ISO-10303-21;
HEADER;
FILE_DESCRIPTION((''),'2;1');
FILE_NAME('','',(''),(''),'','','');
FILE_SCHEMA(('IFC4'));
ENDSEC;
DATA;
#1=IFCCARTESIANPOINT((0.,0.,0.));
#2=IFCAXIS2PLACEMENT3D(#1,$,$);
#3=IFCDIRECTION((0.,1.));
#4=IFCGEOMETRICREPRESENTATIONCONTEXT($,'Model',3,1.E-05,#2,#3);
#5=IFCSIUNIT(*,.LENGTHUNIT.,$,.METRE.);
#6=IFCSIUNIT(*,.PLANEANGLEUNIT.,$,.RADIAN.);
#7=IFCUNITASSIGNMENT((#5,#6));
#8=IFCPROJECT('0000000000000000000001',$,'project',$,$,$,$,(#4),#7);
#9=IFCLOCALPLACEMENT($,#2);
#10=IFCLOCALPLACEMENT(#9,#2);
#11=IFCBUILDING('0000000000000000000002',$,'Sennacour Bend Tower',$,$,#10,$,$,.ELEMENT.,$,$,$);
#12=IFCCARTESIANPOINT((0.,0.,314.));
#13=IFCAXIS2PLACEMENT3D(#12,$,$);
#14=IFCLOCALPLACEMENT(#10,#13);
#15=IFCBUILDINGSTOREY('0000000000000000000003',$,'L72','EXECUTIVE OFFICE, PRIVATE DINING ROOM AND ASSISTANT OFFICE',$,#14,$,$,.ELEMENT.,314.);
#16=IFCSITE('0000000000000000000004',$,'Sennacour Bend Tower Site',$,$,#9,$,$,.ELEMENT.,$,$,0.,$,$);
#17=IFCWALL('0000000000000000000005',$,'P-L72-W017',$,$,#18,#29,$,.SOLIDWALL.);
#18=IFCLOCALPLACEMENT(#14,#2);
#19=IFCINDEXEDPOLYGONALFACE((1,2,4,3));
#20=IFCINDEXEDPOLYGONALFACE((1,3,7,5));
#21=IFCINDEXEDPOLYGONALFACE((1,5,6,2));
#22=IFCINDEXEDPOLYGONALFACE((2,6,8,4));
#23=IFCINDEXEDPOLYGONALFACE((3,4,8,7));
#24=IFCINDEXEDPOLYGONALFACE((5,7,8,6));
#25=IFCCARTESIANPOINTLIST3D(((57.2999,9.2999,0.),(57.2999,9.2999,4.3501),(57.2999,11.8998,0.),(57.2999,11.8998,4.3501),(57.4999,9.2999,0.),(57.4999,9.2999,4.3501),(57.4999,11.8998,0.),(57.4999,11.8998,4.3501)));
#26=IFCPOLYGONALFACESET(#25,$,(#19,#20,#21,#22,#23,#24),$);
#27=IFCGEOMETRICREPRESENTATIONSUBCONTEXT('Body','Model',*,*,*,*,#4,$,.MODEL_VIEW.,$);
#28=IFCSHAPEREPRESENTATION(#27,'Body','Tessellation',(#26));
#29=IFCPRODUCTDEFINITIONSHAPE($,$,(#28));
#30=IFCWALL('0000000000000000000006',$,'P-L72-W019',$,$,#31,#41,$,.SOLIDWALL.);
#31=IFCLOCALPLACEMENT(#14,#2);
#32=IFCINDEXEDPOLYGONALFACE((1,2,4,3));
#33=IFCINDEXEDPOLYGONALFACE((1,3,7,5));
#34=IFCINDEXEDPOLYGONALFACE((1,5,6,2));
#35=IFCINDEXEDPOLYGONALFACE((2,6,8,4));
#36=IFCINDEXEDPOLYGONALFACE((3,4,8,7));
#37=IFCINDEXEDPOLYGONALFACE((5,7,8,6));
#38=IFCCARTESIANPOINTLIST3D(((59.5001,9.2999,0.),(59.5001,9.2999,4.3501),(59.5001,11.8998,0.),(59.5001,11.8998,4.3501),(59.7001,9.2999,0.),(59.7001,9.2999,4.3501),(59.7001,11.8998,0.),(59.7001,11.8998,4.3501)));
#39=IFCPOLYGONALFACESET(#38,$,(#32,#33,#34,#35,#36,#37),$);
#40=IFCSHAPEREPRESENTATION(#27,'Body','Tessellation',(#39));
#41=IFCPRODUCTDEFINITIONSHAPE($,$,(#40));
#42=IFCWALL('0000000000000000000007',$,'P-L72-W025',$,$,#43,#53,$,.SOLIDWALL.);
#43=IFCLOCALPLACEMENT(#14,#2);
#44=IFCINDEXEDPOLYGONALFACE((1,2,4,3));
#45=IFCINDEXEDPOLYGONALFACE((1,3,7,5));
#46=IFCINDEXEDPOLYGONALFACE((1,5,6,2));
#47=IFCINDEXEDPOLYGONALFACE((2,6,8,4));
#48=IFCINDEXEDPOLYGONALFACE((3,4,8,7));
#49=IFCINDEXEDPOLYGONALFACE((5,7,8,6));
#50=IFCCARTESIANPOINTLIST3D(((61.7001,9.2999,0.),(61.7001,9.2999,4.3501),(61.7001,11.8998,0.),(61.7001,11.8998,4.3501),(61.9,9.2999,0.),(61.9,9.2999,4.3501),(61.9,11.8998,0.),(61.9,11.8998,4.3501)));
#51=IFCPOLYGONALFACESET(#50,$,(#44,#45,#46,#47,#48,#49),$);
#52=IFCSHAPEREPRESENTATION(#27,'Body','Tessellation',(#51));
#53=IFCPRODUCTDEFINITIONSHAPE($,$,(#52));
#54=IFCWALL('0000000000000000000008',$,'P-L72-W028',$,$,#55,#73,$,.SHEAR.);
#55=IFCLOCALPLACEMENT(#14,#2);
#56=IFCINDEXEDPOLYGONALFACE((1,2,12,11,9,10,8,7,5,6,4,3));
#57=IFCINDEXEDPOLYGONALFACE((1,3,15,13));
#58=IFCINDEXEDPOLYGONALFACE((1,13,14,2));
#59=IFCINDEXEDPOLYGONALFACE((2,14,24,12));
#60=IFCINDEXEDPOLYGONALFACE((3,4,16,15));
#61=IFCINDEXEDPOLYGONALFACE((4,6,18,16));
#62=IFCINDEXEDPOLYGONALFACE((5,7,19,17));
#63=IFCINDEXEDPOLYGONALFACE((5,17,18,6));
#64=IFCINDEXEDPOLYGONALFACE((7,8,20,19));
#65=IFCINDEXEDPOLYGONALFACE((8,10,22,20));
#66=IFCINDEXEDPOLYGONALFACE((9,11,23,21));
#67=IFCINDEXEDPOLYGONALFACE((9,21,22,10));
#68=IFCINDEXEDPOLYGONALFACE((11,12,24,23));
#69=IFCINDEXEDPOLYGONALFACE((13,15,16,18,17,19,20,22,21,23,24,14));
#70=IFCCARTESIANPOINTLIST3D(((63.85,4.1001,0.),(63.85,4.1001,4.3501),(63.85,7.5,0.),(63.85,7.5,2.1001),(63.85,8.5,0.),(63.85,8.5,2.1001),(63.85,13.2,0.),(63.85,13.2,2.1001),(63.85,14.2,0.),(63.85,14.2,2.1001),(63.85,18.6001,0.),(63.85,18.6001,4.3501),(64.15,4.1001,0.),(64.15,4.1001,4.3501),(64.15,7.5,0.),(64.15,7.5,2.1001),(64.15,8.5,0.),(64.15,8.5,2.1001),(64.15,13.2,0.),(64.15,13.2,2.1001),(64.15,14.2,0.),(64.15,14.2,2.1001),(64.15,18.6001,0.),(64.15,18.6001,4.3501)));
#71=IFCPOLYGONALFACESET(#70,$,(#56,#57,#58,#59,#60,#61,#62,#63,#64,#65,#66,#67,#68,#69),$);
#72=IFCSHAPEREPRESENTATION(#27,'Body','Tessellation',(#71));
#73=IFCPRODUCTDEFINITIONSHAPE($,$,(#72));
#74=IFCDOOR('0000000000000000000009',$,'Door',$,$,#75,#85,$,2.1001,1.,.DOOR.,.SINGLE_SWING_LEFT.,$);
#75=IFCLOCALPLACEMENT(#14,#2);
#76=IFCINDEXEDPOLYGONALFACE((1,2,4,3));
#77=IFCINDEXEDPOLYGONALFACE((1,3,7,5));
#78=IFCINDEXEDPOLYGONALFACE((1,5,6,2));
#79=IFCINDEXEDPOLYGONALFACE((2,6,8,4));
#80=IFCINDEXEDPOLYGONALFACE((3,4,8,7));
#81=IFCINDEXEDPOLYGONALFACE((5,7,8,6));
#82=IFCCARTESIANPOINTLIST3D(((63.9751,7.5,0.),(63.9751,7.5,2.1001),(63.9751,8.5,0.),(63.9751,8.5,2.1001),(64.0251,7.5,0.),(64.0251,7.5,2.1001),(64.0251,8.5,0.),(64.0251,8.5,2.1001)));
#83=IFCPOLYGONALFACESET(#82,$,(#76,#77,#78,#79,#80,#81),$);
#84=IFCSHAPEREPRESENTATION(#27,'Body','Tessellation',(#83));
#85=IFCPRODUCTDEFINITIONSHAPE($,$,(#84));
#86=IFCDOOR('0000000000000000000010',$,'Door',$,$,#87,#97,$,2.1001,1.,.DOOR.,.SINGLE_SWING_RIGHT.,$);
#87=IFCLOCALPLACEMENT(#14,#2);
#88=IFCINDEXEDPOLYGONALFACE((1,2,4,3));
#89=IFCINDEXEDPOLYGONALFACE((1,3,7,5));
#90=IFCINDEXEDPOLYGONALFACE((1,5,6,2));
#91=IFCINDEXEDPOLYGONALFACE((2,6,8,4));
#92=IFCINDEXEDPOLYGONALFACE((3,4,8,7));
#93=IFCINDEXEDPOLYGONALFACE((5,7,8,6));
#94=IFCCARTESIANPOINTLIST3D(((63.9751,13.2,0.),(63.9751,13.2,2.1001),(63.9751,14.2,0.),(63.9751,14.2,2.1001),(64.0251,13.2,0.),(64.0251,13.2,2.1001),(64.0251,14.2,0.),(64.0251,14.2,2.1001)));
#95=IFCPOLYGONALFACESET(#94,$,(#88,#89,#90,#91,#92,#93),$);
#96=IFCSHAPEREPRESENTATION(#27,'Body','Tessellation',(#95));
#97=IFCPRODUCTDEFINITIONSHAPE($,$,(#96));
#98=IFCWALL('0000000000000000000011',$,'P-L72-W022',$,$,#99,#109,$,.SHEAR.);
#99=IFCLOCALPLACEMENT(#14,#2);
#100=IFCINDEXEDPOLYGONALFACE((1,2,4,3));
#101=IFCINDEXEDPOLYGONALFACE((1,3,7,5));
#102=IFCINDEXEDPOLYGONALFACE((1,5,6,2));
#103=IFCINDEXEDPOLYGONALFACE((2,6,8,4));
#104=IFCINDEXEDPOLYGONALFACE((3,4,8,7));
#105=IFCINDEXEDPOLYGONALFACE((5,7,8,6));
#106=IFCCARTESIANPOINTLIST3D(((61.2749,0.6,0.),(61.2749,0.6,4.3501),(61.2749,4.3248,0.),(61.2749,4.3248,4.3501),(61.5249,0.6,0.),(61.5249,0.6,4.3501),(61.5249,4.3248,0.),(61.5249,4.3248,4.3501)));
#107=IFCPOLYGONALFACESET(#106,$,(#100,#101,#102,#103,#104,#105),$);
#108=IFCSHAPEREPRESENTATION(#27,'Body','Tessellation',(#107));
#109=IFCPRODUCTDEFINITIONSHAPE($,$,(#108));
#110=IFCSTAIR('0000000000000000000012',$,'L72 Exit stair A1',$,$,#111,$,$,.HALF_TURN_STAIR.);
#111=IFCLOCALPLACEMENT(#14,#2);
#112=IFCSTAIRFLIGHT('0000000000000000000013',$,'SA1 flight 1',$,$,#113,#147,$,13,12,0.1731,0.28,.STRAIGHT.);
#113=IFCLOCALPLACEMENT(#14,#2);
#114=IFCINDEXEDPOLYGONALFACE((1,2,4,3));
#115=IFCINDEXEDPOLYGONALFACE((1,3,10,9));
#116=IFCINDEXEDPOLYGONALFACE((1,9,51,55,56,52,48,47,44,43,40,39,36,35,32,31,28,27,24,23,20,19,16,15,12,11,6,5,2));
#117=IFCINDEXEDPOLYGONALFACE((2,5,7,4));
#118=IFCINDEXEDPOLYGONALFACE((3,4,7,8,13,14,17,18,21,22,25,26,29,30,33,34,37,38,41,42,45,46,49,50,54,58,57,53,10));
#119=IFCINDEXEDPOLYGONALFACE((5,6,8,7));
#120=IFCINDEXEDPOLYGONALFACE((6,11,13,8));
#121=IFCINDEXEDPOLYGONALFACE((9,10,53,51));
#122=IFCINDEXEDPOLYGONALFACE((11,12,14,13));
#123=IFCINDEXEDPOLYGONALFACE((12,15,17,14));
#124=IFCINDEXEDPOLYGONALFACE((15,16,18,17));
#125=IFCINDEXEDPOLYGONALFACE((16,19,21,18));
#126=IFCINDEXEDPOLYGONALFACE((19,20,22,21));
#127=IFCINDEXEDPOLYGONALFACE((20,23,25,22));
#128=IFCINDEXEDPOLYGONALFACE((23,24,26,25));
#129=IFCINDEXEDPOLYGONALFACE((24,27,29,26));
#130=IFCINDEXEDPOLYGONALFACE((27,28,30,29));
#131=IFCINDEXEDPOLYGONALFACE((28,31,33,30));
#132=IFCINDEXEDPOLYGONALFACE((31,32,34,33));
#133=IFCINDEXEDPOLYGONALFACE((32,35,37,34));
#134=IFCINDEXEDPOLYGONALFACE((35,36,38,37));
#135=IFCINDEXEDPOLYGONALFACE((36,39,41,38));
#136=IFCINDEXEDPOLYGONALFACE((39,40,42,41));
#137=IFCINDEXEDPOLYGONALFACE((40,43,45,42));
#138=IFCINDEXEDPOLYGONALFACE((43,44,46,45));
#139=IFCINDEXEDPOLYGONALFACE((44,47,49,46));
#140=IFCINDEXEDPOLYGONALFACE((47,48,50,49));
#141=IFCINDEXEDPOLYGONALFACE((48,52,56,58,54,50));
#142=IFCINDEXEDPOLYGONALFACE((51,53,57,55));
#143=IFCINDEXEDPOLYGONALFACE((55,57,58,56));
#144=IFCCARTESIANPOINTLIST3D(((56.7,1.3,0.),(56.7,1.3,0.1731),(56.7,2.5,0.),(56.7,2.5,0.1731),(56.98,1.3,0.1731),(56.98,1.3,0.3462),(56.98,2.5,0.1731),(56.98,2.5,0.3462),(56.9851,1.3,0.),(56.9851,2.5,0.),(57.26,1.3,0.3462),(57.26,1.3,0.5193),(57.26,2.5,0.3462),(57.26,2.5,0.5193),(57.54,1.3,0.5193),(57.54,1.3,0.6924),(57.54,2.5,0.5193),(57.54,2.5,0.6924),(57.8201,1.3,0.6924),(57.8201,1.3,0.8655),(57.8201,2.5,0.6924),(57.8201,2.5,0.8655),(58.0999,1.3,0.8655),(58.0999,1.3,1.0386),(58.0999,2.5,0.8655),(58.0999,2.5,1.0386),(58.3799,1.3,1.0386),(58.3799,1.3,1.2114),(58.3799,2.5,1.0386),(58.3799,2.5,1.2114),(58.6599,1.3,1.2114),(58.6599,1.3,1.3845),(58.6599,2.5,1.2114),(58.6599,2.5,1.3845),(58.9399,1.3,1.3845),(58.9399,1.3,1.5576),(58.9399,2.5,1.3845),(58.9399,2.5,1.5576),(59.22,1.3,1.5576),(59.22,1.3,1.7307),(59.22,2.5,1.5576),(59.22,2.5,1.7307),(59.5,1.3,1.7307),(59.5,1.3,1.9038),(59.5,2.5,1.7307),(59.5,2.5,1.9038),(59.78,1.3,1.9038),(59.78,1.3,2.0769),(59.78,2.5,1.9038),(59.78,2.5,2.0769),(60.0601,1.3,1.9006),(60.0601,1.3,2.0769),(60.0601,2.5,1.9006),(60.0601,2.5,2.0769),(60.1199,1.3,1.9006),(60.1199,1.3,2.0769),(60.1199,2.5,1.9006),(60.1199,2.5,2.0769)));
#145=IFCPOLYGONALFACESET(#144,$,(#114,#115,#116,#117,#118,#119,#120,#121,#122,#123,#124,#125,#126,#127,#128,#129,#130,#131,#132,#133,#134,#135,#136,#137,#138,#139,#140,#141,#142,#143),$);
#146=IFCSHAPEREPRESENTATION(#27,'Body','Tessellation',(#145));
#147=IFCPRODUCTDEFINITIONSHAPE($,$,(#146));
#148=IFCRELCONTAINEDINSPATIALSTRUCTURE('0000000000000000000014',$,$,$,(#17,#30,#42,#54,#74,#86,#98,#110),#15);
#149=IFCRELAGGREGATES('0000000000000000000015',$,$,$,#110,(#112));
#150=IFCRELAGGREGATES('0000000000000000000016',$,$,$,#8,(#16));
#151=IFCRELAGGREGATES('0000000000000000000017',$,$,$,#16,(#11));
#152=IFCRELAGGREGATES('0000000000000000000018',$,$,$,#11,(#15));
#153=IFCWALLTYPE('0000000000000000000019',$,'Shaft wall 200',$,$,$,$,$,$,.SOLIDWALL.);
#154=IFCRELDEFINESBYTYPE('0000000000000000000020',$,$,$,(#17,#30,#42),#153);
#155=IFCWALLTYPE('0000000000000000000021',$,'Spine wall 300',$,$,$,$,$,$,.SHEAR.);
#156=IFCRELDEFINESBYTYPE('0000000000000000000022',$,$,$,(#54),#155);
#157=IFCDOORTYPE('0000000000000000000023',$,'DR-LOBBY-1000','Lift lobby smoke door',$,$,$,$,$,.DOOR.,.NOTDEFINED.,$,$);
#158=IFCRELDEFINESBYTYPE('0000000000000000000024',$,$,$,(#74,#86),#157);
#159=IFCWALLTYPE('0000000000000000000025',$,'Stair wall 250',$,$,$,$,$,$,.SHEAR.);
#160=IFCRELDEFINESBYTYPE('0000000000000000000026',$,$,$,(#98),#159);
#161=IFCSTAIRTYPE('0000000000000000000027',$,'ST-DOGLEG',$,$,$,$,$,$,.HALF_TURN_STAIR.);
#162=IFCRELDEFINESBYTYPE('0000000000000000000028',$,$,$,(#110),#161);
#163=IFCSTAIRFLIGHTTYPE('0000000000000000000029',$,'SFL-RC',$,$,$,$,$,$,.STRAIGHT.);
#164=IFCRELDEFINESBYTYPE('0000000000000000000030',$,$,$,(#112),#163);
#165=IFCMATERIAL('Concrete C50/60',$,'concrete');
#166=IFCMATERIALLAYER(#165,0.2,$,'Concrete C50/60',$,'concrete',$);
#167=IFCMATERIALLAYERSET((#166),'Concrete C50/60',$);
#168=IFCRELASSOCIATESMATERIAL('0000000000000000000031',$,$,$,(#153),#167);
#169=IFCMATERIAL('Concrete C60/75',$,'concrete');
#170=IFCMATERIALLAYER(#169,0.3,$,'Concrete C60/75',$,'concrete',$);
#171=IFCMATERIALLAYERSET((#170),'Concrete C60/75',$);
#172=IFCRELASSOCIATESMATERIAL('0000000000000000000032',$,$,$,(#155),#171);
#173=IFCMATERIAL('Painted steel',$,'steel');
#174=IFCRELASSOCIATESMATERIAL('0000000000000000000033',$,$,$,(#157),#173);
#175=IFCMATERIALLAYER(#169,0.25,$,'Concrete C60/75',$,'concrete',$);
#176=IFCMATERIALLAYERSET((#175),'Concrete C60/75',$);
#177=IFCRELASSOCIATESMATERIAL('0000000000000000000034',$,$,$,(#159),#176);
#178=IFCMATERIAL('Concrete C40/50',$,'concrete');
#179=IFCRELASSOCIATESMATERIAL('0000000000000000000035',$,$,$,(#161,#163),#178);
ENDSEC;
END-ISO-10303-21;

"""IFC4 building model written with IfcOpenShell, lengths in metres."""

from ifc_helpers import new_model, si_unit, direction, frame, frame_2d, origin, place, context, subcontext, project, spatial, polyline, rectangle, outline, extrude, material, layer, layer_set, type_object, element, fill, aggregate, save


model = new_model("IFC4")

# Units and contexts
model_context = context("Model", 3, precision=1e-05, world=origin(), true_north=direction((0.0, 1.0)))
body_context = subcontext(model_context, "Body", "Model", "MODEL_VIEW")
ifc_project = project(units=[si_unit("LENGTHUNIT", "METRE"), si_unit("PLANEANGLEUNIT", "RADIAN")], contexts=[model_context])

# Site, building, storey
site_placement = place(None, origin())
site = spatial("IfcSite", under=ifc_project, at=site_placement, Name="Sennacour Bend Tower Site", CompositionType="ELEMENT", RefElevation=0.0)
building_placement = place(site_placement, origin())
building = spatial("IfcBuilding", under=site, at=building_placement, Name="Sennacour Bend Tower", CompositionType="ELEMENT")
storey_placement = place(building_placement, frame((0.0, 0.0, 314.0)))
storey = spatial("IfcBuildingStorey", under=building, at=storey_placement, Name="L72", Description="EXECUTIVE OFFICE, PRIVATE DINING ROOM AND ASSISTANT OFFICE", CompositionType="ELEMENT", Elevation=314.0)

# Shared definitions
ifc_material_1 = material(Name="Concrete C50/60", Category="concrete")

# Shared definitions
ifc_material_2 = material(Name="Painted steel", Category="steel")

# Walls
ifc_layer_1 = layer(ifc_material_1, 0.2, Name="Concrete C50/60", Category="concrete")
ifc_layer_set_1 = layer_set([ifc_layer_1], Name="Concrete C50/60")
wall_type_1 = type_object("IfcWallType", Name="Shaft wall 200", PredefinedType="SOLIDWALL", material=ifc_layer_set_1)
for number, where, z_axis, x_axis, name in (
    (1, (57.3999, 9.3, 0.0), (0.0, 0.0, 1.0), (0.0, 1.0, 0.0), "P-L72-W017"),
    (2, (59.6001, 9.3, 0.0), (0.0, 0.0, 1.0), (0.0, 1.0, 0.0), "P-L72-W019"),
    (3, (61.8, 9.3, 0.0), (0.0, 0.0, 1.0), (0.0, 1.0, 0.0), "P-L72-W025"),
):
    element("IfcWall", number, at=place(storey_placement, frame(where, z_axis=z_axis, x_axis=x_axis)), inside=storey, type_object=wall_type_1, Name=name, PredefinedType="SOLIDWALL", context=body_context, shape_type="SweptSolid", body=[
        extrude(rectangle(XDim=2.5999, YDim=0.2, at=frame_2d((1.2998, 0.0))), origin(), (0.0, 0.0, 1.0), 4.3501),
    ])

# Wall, openings, doors
ifc_material_3 = material(Name="Concrete C60/75", Category="concrete")
ifc_layer_2 = layer(ifc_material_3, 0.3, Name="Concrete C60/75", Category="concrete")
ifc_layer_set_2 = layer_set([ifc_layer_2], Name="Concrete C60/75")
wall_type_2 = type_object("IfcWallType", Name="Spine wall 300", PredefinedType="SHEAR", material=ifc_layer_set_2)
wall_1_placement = place(storey_placement, frame((64.0, 4.1001, 0.0), z_axis=(0.0, 0.0, 1.0), x_axis=(0.0, 1.0, 0.0)))
wall_1 = element("IfcWall", 4, at=wall_1_placement, inside=storey, type_object=wall_type_2, Name="P-L72-W028", PredefinedType="SHEAR", context=body_context, shape_type="SweptSolid", body=[
    extrude(rectangle(XDim=14.5, YDim=0.3, at=frame_2d((7.25, 0.0))), origin(), (0.0, 0.0, 1.0), 4.3501),
])
opening_1_placement = place(wall_1_placement, frame((3.3999, 0.0, 0.0)))
opening_1 = element("IfcOpeningElement", 5, at=opening_1_placement, cuts=wall_1, PredefinedType="OPENING", context=body_context, shape_type="SweptSolid", body=[
    extrude(rectangle(XDim=1.0, YDim=2.1001, at=frame_2d((0.5, 1.05))), frame((0.0, 0.1602, 0.0), z_axis=(0.0, -1.0, 0.0), x_axis=(1.0, 0.0, 0.0)), (0.0, 0.0, 1.0), 0.3201),
])
opening_2_placement = place(wall_1_placement, frame((9.0999, 0.0, 0.0)))
opening_2 = element("IfcOpeningElement", 6, at=opening_2_placement, cuts=wall_1, PredefinedType="OPENING", context=body_context, shape_type="SweptSolid", body=[
    extrude(rectangle(XDim=1.0, YDim=2.1001, at=frame_2d((0.5, 1.05))), frame((0.0, 0.1602, 0.0), z_axis=(0.0, -1.0, 0.0), x_axis=(1.0, 0.0, 0.0)), (0.0, 0.0, 1.0), 0.3201),
])
door_type_1 = type_object("IfcDoorType", Name="DR-LOBBY-1000", Description="Lift lobby smoke door", OperationType="NOTDEFINED", PredefinedType="DOOR", material=ifc_material_2)
door_1_placement = place(opening_1_placement, origin())
door_1 = element("IfcDoor", 7, at=door_1_placement, inside=storey, type_object=door_type_1, Name="Door", OperationType="SINGLE_SWING_LEFT", OverallHeight=2.1001, OverallWidth=1.0, PredefinedType="DOOR", context=body_context, shape_type="SweptSolid", body=[
    extrude(rectangle(XDim=1.0, YDim=2.1001, at=frame_2d((0.5, 1.05))), frame((0.0, 0.0249, 0.0), z_axis=(0.0, -1.0, 0.0), x_axis=(1.0, 0.0, 0.0)), (0.0, 0.0, 1.0), 0.05),
])
fill(opening_1, door_1)
door_2_placement = place(opening_2_placement, origin())
door_2 = element("IfcDoor", 8, at=door_2_placement, inside=storey, type_object=door_type_1, Name="Door", OperationType="SINGLE_SWING_RIGHT", OverallHeight=2.1001, OverallWidth=1.0, PredefinedType="DOOR", context=body_context, shape_type="SweptSolid", body=[
    extrude(rectangle(XDim=1.0, YDim=2.1001, at=frame_2d((0.5, 1.05))), frame((0.0, 0.0249, 0.0), z_axis=(0.0, -1.0, 0.0), x_axis=(1.0, 0.0, 0.0)), (0.0, 0.0, 1.0), 0.05),
])
fill(opening_2, door_2)

# Wall
ifc_layer_3 = layer(ifc_material_3, 0.25, Name="Concrete C60/75", Category="concrete")
ifc_layer_set_3 = layer_set([ifc_layer_3], Name="Concrete C60/75")
wall_type_3 = type_object("IfcWallType", Name="Stair wall 250", PredefinedType="SHEAR", material=ifc_layer_set_3)
wall_2_placement = place(storey_placement, frame((61.3999, 0.6001, 0.0), z_axis=(0.0, 0.0, 1.0), x_axis=(0.0, 1.0, 0.0)))
element("IfcWall", 9, at=wall_2_placement, inside=storey, type_object=wall_type_3, Name="P-L72-W022", PredefinedType="SHEAR", context=body_context, shape_type="SweptSolid", body=[
    extrude(rectangle(XDim=3.7249, YDim=0.25, at=frame_2d((1.8623, 0.0))), origin(), (0.0, 0.0, 1.0), 4.3501),
])

# Stair, stair flight
ifc_material_4 = material(Name="Concrete C40/50", Category="concrete")
stair_type = type_object("IfcStairType", Name="ST-DOGLEG", PredefinedType="HALF_TURN_STAIR", material=ifc_material_4)
stair_placement = place(storey_placement, origin())
stair = element("IfcStair", 10, at=stair_placement, inside=storey, type_object=stair_type, Name="L72 Exit stair A1", PredefinedType="HALF_TURN_STAIR")
stair_flight_type = type_object("IfcStairFlightType", Name="SFL-RC", PredefinedType="STRAIGHT", material=ifc_material_4)
stair_flight_1_placement = place(storey_placement, frame((56.7, 1.8999, 0.0), z_axis=(0.0, 0.0, 1.0), x_axis=(1.0, 0.0, 0.0)))
stair_flight_1 = element("IfcStairFlight", 11, at=stair_flight_1_placement, type_object=stair_flight_type, Name="SA1 flight 1", NumberOfRisers=13, NumberOfTreads=12, PredefinedType="STRAIGHT", RiserHeight=0.1731, TreadLength=0.28, context=body_context, shape_type="SweptSolid", body=[
    extrude(outline(polyline([(0.0, 0.0), (0.0, 0.1731), (0.28, 0.1731), (0.28, 0.3462), (0.5601, 0.3462), (0.5601, 0.5193), (0.8401, 0.5193), (0.8401, 0.6924), (1.1201, 0.6924), (1.1201, 0.8655), (1.3999, 0.8655), (1.3999, 1.0386), (1.6799, 1.0386), (1.6799, 1.2114), (1.96, 1.2114), (1.96, 1.3845), (2.24, 1.3845), (2.24, 1.5576), (2.52, 1.5576), (2.52, 1.7307), (2.8, 1.7307), (2.8, 1.9038), (3.0801, 1.9038), (3.0801, 2.0769), (3.3601, 2.0769), (3.4199, 2.0769), (3.4199, 1.9006), (3.3601, 1.9006), (0.2852, 0.0), (0.0, 0.0)])), frame((0.0, 0.6001, 0.0), z_axis=(0.0, -1.0, 0.0), x_axis=(1.0, 0.0, 0.0)), (0.0, 0.0, 1.0), 1.2),
])
aggregate(stair, [stair_flight_1])

save(model, "model.ifc")
